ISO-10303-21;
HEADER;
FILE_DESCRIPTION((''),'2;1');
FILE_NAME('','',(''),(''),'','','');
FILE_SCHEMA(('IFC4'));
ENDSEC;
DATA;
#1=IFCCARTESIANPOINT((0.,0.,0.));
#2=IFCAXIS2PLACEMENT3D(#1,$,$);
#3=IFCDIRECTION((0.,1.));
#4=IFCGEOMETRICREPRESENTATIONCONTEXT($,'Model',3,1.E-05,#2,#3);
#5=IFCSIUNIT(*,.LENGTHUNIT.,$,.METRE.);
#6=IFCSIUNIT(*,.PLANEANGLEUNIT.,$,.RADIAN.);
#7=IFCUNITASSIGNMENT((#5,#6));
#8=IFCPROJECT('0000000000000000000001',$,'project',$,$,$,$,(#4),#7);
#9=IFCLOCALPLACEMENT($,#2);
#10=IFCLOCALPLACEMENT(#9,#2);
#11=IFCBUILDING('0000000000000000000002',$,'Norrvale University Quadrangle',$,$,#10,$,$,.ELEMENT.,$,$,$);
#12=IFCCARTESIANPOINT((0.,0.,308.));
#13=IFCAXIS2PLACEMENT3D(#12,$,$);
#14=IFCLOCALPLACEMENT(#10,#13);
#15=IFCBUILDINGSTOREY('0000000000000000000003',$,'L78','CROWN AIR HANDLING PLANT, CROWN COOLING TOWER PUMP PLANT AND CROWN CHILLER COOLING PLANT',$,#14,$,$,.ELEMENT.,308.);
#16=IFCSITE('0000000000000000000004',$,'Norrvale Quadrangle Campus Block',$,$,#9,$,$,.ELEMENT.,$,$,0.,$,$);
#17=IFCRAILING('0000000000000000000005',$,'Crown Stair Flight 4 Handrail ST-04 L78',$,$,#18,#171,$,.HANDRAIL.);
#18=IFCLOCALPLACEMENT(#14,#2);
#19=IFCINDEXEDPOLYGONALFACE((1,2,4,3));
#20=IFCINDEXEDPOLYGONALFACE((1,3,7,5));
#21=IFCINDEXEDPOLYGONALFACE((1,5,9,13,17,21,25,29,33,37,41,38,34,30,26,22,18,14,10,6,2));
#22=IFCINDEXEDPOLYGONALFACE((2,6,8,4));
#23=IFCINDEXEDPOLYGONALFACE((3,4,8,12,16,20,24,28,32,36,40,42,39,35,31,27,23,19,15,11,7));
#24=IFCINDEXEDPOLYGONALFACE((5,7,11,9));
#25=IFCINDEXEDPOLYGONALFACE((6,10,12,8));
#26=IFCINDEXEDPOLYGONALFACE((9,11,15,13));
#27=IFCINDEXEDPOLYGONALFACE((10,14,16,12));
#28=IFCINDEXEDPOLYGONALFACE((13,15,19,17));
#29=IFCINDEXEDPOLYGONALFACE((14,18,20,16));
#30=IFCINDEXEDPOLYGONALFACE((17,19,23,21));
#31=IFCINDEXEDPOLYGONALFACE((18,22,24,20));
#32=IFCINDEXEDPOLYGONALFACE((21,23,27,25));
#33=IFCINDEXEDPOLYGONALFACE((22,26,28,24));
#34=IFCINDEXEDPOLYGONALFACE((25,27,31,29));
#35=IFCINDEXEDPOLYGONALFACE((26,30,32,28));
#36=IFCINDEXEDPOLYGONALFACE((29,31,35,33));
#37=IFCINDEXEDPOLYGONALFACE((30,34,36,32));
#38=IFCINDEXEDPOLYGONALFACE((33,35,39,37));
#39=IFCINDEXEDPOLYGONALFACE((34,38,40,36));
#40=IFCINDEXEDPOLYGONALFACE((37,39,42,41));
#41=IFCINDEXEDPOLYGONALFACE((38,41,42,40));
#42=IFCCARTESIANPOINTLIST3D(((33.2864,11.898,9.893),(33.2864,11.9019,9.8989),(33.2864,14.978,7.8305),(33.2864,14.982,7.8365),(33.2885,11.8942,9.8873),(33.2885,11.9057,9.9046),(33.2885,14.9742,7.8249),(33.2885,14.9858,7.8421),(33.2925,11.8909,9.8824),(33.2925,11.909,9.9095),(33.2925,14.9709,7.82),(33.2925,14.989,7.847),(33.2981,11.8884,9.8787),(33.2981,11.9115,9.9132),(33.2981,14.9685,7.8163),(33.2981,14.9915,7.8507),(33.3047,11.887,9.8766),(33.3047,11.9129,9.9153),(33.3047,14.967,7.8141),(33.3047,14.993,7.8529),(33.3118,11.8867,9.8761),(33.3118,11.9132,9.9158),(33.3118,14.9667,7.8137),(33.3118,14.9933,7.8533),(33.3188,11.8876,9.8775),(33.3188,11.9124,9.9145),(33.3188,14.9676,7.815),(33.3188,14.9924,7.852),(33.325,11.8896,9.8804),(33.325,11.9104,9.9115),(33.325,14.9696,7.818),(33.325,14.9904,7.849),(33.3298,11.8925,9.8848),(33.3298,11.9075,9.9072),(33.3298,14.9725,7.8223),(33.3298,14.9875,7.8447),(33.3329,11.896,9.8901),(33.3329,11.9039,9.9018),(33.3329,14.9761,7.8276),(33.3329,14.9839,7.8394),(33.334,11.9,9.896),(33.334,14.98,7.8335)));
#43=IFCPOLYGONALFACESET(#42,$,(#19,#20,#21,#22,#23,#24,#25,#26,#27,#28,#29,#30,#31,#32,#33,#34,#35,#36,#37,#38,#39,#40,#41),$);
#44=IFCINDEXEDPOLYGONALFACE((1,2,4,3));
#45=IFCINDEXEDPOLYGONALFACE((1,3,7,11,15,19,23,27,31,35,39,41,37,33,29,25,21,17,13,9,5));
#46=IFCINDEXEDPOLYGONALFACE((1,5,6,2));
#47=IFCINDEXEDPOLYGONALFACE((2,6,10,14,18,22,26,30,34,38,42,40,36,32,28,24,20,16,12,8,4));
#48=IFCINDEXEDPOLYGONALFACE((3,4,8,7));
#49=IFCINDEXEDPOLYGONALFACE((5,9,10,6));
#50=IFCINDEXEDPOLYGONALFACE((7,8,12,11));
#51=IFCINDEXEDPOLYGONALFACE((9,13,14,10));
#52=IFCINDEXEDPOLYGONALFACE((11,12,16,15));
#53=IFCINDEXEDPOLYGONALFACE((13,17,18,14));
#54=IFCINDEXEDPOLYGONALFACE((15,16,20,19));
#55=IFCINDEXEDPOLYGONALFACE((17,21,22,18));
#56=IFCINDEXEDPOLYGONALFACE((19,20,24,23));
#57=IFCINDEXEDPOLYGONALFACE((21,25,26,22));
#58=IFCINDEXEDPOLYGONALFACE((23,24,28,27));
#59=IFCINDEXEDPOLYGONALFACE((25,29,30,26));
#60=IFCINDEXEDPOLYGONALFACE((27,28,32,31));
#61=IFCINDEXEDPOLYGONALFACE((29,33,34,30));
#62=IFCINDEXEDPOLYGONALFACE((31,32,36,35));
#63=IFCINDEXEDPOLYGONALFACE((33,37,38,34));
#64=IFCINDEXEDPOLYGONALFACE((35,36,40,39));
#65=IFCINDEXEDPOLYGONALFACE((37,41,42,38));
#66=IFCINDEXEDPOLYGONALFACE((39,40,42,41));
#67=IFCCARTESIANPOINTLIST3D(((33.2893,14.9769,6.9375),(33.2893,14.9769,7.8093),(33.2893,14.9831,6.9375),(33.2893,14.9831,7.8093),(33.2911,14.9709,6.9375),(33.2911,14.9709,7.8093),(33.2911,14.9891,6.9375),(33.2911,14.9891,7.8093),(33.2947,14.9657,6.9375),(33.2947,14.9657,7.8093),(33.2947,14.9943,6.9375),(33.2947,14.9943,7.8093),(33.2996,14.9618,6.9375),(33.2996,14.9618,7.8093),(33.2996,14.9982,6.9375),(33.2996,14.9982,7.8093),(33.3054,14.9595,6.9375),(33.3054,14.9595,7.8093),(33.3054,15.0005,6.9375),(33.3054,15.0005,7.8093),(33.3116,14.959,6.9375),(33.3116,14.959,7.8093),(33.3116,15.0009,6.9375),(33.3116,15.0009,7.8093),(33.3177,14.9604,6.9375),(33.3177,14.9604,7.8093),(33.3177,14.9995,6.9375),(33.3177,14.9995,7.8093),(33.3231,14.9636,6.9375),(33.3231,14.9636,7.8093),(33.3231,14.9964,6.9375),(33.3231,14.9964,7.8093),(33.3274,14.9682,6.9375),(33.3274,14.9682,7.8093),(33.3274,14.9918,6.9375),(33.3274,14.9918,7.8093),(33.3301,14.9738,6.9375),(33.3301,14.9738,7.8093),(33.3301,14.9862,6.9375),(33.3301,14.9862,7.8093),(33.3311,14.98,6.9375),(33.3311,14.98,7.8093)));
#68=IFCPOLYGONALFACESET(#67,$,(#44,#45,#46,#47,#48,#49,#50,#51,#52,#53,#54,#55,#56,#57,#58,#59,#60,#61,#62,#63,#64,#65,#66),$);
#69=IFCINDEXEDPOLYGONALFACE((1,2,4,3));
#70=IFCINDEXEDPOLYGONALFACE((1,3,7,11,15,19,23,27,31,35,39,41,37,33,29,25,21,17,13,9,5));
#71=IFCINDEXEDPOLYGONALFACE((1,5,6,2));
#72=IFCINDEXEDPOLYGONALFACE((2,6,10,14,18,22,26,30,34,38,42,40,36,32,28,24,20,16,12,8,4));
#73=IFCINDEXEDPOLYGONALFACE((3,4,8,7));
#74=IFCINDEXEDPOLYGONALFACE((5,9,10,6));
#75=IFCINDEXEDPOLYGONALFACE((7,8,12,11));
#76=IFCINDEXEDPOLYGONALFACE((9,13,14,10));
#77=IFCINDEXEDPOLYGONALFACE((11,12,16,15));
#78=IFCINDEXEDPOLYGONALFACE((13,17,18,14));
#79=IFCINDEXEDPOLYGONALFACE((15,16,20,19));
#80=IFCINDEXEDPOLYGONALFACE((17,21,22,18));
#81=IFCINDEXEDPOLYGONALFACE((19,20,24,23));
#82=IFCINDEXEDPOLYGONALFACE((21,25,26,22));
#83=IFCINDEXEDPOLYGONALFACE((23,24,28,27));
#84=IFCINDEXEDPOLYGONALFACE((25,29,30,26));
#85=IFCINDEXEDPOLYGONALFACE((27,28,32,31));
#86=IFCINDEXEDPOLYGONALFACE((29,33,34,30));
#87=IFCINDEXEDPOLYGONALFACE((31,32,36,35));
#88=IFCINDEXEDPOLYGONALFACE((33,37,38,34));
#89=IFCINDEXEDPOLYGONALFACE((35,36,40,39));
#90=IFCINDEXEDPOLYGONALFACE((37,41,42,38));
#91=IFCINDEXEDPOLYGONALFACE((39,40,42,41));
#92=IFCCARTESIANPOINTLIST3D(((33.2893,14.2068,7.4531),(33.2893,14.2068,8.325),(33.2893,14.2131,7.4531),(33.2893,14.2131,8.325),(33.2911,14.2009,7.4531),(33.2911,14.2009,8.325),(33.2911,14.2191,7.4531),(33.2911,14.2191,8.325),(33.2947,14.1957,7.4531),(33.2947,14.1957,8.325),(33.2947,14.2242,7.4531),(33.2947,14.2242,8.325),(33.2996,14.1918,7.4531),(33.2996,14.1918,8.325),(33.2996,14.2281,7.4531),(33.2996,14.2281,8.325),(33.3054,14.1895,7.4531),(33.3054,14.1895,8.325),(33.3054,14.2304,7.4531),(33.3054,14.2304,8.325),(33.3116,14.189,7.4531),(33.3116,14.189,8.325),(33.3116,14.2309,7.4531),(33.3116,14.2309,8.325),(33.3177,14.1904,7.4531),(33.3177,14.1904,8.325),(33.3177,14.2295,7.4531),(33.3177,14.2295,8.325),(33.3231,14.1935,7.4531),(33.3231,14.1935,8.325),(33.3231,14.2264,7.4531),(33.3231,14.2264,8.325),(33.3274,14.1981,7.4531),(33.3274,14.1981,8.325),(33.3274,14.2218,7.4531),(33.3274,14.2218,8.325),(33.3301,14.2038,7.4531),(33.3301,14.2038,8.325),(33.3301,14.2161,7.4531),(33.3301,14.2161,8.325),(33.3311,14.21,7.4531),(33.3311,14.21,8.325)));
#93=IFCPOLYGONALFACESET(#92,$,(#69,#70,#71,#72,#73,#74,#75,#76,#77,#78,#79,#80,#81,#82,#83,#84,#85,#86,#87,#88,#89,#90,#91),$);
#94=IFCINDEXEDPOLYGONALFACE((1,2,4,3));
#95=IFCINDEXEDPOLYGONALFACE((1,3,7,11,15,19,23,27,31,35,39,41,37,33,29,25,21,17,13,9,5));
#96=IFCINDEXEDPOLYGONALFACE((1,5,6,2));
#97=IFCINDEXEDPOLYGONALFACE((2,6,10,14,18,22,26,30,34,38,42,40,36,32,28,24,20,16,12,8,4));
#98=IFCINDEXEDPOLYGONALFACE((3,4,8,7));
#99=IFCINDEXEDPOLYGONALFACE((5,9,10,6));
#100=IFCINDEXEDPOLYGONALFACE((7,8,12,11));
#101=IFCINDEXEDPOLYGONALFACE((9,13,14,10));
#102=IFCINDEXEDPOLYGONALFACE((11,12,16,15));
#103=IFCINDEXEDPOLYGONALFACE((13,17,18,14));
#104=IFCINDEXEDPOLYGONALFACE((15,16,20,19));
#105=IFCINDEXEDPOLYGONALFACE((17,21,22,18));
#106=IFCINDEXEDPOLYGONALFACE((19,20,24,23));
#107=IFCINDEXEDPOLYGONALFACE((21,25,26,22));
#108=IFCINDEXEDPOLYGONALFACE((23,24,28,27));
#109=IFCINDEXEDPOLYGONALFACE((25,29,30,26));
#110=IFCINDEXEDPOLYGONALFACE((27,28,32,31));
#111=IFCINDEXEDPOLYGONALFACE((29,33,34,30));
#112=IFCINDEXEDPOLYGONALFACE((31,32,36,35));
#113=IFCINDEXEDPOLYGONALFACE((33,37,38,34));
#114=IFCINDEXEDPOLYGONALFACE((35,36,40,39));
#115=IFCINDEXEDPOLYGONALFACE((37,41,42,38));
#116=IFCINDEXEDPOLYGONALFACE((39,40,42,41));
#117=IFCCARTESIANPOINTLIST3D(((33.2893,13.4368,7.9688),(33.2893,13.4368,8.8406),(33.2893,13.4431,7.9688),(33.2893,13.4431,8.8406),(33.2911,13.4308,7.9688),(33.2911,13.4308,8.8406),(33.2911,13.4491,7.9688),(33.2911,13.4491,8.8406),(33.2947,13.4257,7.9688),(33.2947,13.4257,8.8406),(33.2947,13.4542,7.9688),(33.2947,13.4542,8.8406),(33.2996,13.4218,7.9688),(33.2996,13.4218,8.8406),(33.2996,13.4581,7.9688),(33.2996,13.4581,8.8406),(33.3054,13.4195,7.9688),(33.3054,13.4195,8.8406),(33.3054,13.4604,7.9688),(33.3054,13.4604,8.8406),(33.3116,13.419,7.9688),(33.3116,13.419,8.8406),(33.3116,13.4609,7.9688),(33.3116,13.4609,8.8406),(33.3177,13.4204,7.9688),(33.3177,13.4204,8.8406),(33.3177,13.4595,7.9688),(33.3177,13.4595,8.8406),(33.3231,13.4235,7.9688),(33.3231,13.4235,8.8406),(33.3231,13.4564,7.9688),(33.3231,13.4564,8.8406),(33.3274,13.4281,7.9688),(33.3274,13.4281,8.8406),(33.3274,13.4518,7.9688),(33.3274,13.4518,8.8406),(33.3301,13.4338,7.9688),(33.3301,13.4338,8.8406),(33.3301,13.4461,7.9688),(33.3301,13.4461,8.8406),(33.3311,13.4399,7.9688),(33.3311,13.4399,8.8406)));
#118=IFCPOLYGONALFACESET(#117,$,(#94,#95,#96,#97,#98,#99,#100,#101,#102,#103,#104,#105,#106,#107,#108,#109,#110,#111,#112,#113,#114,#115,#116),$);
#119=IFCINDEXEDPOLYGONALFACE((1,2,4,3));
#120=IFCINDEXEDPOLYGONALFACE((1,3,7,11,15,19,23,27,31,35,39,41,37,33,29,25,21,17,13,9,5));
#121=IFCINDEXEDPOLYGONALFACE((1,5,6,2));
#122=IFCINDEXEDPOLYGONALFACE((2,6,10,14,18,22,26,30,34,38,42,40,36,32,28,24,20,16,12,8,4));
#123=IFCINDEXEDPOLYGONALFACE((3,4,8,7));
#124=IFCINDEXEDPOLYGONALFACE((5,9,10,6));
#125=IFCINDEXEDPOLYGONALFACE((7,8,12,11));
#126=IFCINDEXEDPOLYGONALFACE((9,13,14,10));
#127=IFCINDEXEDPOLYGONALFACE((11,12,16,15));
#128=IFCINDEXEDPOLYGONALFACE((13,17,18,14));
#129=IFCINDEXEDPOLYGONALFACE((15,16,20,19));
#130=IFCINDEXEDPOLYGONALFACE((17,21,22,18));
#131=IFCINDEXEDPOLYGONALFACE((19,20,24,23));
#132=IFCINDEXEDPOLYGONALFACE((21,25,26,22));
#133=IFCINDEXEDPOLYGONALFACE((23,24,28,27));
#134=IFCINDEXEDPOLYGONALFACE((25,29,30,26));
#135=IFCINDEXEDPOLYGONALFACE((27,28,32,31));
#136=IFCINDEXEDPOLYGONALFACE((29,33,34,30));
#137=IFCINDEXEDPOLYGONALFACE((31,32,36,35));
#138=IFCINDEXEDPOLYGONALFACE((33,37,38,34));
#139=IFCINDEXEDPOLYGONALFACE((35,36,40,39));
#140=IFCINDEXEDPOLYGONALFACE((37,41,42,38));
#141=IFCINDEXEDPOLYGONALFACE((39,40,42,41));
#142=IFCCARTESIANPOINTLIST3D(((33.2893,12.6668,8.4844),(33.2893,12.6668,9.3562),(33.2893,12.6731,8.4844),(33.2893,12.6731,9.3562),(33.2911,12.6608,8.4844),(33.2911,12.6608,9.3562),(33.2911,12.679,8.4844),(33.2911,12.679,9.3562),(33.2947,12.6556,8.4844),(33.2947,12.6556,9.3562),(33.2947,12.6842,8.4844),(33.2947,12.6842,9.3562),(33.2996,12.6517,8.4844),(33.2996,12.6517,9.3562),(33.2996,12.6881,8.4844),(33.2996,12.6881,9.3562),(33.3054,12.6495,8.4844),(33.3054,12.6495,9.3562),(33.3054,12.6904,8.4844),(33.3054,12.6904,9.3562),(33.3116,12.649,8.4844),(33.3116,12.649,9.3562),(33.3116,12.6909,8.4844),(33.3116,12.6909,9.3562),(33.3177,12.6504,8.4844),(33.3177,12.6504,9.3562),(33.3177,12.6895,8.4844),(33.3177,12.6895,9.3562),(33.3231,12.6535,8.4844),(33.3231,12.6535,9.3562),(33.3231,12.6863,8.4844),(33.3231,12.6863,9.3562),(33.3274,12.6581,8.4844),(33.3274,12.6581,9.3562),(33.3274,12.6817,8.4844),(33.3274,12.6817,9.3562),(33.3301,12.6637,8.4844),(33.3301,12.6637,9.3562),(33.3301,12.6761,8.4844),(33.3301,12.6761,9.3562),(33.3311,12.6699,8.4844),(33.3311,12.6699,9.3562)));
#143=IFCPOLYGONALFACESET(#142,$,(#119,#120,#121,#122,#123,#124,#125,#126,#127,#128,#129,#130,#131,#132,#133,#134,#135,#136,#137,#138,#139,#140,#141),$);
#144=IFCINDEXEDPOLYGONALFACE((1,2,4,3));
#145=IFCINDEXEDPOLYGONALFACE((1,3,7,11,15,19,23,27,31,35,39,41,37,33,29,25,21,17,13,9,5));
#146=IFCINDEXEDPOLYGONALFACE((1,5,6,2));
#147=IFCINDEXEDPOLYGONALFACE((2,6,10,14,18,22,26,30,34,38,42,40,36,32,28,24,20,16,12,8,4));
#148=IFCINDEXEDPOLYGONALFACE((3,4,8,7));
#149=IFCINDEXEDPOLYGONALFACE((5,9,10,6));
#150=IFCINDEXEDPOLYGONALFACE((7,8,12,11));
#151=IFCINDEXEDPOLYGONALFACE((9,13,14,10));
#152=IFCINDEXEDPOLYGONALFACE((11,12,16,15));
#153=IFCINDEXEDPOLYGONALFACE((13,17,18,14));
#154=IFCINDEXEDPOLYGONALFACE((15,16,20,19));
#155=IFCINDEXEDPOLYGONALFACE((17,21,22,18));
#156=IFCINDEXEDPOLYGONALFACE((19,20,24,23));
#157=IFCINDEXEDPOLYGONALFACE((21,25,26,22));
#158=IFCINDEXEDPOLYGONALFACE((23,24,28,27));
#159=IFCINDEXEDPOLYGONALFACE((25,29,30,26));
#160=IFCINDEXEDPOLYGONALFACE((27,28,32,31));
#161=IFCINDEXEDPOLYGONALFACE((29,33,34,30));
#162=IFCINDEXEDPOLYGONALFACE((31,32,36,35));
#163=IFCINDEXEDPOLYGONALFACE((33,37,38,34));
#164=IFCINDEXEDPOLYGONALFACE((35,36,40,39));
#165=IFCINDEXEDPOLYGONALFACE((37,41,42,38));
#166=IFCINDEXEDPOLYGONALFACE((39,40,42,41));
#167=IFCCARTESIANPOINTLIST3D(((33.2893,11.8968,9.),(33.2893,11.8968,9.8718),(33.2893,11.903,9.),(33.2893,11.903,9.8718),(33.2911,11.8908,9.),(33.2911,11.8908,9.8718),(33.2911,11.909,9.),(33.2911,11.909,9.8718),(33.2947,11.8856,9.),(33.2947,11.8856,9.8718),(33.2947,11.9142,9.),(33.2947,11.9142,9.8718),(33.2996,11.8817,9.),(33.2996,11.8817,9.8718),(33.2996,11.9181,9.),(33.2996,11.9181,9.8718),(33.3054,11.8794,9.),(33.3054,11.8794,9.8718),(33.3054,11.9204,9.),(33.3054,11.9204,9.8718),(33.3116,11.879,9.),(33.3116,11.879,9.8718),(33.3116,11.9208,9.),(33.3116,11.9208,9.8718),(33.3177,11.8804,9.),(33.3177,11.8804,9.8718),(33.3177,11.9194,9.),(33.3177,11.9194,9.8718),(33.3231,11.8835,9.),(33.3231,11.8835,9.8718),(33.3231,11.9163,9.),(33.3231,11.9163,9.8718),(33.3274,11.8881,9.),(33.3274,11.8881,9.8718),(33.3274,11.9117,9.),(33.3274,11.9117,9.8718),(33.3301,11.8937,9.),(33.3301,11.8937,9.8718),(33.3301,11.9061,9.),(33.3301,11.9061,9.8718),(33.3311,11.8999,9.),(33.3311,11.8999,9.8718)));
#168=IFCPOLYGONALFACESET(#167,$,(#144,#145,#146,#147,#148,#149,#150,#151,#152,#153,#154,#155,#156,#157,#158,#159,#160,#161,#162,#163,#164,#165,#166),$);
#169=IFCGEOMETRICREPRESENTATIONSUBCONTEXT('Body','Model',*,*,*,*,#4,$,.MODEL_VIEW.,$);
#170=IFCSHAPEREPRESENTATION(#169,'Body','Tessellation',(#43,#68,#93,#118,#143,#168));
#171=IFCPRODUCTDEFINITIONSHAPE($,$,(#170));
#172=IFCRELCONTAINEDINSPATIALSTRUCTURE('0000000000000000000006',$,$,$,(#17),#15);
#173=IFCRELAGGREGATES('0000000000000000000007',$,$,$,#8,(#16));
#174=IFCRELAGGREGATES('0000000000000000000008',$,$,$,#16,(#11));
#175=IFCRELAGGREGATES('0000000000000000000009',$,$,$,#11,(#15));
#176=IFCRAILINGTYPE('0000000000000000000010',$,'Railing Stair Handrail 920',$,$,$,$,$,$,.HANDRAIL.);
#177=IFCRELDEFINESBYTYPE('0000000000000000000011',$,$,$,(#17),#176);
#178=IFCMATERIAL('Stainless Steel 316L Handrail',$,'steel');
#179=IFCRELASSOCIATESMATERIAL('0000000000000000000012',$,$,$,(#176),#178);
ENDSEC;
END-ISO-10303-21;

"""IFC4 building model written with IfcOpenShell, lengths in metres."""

from ifc_helpers import new_model, si_unit, direction, frame, origin, origin_2d, place, context, subcontext, project, spatial, circle, extrude, material, type_object, element, save


model = new_model("IFC4")

# Units and contexts
model_context = context("Model", 3, precision=1e-05, world=origin(), true_north=direction((0.0, 1.0)))
body_context = subcontext(model_context, "Body", "Model", "MODEL_VIEW")
ifc_project = project(units=[si_unit("LENGTHUNIT", "METRE"), si_unit("PLANEANGLEUNIT", "RADIAN")], contexts=[model_context])

# Site, building, storey
site_placement = place(None, origin())
site = spatial("IfcSite", under=ifc_project, at=site_placement, Name="Norrvale Quadrangle Campus Block", CompositionType="ELEMENT", RefElevation=0.0)
building_placement = place(site_placement, origin())
building = spatial("IfcBuilding", under=site, at=building_placement, Name="Norrvale University Quadrangle", CompositionType="ELEMENT")
storey_placement = place(building_placement, frame((0.0, 0.0, 308.0)))
storey = spatial("IfcBuildingStorey", under=building, at=storey_placement, Name="L78", Description="CROWN AIR HANDLING PLANT, CROWN COOLING TOWER PUMP PLANT AND CROWN CHILLER COOLING PLANT", CompositionType="ELEMENT", Elevation=308.0)

# Railing
ifc_material_1 = material(Name="Stainless Steel 316L Handrail", Category="steel")
railing_type = type_object("IfcRailingType", Name="Railing Stair Handrail 920", PredefinedType="HANDRAIL", material=ifc_material_1)
for number, where, name in (
    (1, (33.3101, 14.98, 6.9375), "Crown Stair Flight 4 Handrail ST-04 L78"),
):
    element("IfcRailing", number, at=place(storey_placement, frame(where)), inside=storey, type_object=railing_type, Name=name, PredefinedType="HANDRAIL", context=body_context, shape_type="SweptSolid", body=[
        extrude(circle(Radius=0.0239, at=origin_2d()), frame((0.0, 0.0, 0.896), z_axis=(0.0, -0.830914, 0.556401), x_axis=(1.0, 0.0, 0.0)), (0.0, 0.0, 1.0), 3.7068),
        extrude(circle(Radius=0.021, at=origin_2d()), origin(), (0.0, 0.0, 1.0), 0.8718),
        extrude(circle(Radius=0.021, at=origin_2d()), frame((0.0, -0.77, 0.5156)), (0.0, 0.0, 1.0), 0.8718),
        extrude(circle(Radius=0.021, at=origin_2d()), frame((0.0, -1.54, 1.0312)), (0.0, 0.0, 1.0), 0.8718),
        extrude(circle(Radius=0.021, at=origin_2d()), frame((0.0, -2.3101, 1.5469)), (0.0, 0.0, 1.0), 0.8718),
        extrude(circle(Radius=0.021, at=origin_2d()), frame((0.0, -3.0801, 2.0625)), (0.0, 0.0, 1.0), 0.8718),
    ])

save(model, "model.ifc")
